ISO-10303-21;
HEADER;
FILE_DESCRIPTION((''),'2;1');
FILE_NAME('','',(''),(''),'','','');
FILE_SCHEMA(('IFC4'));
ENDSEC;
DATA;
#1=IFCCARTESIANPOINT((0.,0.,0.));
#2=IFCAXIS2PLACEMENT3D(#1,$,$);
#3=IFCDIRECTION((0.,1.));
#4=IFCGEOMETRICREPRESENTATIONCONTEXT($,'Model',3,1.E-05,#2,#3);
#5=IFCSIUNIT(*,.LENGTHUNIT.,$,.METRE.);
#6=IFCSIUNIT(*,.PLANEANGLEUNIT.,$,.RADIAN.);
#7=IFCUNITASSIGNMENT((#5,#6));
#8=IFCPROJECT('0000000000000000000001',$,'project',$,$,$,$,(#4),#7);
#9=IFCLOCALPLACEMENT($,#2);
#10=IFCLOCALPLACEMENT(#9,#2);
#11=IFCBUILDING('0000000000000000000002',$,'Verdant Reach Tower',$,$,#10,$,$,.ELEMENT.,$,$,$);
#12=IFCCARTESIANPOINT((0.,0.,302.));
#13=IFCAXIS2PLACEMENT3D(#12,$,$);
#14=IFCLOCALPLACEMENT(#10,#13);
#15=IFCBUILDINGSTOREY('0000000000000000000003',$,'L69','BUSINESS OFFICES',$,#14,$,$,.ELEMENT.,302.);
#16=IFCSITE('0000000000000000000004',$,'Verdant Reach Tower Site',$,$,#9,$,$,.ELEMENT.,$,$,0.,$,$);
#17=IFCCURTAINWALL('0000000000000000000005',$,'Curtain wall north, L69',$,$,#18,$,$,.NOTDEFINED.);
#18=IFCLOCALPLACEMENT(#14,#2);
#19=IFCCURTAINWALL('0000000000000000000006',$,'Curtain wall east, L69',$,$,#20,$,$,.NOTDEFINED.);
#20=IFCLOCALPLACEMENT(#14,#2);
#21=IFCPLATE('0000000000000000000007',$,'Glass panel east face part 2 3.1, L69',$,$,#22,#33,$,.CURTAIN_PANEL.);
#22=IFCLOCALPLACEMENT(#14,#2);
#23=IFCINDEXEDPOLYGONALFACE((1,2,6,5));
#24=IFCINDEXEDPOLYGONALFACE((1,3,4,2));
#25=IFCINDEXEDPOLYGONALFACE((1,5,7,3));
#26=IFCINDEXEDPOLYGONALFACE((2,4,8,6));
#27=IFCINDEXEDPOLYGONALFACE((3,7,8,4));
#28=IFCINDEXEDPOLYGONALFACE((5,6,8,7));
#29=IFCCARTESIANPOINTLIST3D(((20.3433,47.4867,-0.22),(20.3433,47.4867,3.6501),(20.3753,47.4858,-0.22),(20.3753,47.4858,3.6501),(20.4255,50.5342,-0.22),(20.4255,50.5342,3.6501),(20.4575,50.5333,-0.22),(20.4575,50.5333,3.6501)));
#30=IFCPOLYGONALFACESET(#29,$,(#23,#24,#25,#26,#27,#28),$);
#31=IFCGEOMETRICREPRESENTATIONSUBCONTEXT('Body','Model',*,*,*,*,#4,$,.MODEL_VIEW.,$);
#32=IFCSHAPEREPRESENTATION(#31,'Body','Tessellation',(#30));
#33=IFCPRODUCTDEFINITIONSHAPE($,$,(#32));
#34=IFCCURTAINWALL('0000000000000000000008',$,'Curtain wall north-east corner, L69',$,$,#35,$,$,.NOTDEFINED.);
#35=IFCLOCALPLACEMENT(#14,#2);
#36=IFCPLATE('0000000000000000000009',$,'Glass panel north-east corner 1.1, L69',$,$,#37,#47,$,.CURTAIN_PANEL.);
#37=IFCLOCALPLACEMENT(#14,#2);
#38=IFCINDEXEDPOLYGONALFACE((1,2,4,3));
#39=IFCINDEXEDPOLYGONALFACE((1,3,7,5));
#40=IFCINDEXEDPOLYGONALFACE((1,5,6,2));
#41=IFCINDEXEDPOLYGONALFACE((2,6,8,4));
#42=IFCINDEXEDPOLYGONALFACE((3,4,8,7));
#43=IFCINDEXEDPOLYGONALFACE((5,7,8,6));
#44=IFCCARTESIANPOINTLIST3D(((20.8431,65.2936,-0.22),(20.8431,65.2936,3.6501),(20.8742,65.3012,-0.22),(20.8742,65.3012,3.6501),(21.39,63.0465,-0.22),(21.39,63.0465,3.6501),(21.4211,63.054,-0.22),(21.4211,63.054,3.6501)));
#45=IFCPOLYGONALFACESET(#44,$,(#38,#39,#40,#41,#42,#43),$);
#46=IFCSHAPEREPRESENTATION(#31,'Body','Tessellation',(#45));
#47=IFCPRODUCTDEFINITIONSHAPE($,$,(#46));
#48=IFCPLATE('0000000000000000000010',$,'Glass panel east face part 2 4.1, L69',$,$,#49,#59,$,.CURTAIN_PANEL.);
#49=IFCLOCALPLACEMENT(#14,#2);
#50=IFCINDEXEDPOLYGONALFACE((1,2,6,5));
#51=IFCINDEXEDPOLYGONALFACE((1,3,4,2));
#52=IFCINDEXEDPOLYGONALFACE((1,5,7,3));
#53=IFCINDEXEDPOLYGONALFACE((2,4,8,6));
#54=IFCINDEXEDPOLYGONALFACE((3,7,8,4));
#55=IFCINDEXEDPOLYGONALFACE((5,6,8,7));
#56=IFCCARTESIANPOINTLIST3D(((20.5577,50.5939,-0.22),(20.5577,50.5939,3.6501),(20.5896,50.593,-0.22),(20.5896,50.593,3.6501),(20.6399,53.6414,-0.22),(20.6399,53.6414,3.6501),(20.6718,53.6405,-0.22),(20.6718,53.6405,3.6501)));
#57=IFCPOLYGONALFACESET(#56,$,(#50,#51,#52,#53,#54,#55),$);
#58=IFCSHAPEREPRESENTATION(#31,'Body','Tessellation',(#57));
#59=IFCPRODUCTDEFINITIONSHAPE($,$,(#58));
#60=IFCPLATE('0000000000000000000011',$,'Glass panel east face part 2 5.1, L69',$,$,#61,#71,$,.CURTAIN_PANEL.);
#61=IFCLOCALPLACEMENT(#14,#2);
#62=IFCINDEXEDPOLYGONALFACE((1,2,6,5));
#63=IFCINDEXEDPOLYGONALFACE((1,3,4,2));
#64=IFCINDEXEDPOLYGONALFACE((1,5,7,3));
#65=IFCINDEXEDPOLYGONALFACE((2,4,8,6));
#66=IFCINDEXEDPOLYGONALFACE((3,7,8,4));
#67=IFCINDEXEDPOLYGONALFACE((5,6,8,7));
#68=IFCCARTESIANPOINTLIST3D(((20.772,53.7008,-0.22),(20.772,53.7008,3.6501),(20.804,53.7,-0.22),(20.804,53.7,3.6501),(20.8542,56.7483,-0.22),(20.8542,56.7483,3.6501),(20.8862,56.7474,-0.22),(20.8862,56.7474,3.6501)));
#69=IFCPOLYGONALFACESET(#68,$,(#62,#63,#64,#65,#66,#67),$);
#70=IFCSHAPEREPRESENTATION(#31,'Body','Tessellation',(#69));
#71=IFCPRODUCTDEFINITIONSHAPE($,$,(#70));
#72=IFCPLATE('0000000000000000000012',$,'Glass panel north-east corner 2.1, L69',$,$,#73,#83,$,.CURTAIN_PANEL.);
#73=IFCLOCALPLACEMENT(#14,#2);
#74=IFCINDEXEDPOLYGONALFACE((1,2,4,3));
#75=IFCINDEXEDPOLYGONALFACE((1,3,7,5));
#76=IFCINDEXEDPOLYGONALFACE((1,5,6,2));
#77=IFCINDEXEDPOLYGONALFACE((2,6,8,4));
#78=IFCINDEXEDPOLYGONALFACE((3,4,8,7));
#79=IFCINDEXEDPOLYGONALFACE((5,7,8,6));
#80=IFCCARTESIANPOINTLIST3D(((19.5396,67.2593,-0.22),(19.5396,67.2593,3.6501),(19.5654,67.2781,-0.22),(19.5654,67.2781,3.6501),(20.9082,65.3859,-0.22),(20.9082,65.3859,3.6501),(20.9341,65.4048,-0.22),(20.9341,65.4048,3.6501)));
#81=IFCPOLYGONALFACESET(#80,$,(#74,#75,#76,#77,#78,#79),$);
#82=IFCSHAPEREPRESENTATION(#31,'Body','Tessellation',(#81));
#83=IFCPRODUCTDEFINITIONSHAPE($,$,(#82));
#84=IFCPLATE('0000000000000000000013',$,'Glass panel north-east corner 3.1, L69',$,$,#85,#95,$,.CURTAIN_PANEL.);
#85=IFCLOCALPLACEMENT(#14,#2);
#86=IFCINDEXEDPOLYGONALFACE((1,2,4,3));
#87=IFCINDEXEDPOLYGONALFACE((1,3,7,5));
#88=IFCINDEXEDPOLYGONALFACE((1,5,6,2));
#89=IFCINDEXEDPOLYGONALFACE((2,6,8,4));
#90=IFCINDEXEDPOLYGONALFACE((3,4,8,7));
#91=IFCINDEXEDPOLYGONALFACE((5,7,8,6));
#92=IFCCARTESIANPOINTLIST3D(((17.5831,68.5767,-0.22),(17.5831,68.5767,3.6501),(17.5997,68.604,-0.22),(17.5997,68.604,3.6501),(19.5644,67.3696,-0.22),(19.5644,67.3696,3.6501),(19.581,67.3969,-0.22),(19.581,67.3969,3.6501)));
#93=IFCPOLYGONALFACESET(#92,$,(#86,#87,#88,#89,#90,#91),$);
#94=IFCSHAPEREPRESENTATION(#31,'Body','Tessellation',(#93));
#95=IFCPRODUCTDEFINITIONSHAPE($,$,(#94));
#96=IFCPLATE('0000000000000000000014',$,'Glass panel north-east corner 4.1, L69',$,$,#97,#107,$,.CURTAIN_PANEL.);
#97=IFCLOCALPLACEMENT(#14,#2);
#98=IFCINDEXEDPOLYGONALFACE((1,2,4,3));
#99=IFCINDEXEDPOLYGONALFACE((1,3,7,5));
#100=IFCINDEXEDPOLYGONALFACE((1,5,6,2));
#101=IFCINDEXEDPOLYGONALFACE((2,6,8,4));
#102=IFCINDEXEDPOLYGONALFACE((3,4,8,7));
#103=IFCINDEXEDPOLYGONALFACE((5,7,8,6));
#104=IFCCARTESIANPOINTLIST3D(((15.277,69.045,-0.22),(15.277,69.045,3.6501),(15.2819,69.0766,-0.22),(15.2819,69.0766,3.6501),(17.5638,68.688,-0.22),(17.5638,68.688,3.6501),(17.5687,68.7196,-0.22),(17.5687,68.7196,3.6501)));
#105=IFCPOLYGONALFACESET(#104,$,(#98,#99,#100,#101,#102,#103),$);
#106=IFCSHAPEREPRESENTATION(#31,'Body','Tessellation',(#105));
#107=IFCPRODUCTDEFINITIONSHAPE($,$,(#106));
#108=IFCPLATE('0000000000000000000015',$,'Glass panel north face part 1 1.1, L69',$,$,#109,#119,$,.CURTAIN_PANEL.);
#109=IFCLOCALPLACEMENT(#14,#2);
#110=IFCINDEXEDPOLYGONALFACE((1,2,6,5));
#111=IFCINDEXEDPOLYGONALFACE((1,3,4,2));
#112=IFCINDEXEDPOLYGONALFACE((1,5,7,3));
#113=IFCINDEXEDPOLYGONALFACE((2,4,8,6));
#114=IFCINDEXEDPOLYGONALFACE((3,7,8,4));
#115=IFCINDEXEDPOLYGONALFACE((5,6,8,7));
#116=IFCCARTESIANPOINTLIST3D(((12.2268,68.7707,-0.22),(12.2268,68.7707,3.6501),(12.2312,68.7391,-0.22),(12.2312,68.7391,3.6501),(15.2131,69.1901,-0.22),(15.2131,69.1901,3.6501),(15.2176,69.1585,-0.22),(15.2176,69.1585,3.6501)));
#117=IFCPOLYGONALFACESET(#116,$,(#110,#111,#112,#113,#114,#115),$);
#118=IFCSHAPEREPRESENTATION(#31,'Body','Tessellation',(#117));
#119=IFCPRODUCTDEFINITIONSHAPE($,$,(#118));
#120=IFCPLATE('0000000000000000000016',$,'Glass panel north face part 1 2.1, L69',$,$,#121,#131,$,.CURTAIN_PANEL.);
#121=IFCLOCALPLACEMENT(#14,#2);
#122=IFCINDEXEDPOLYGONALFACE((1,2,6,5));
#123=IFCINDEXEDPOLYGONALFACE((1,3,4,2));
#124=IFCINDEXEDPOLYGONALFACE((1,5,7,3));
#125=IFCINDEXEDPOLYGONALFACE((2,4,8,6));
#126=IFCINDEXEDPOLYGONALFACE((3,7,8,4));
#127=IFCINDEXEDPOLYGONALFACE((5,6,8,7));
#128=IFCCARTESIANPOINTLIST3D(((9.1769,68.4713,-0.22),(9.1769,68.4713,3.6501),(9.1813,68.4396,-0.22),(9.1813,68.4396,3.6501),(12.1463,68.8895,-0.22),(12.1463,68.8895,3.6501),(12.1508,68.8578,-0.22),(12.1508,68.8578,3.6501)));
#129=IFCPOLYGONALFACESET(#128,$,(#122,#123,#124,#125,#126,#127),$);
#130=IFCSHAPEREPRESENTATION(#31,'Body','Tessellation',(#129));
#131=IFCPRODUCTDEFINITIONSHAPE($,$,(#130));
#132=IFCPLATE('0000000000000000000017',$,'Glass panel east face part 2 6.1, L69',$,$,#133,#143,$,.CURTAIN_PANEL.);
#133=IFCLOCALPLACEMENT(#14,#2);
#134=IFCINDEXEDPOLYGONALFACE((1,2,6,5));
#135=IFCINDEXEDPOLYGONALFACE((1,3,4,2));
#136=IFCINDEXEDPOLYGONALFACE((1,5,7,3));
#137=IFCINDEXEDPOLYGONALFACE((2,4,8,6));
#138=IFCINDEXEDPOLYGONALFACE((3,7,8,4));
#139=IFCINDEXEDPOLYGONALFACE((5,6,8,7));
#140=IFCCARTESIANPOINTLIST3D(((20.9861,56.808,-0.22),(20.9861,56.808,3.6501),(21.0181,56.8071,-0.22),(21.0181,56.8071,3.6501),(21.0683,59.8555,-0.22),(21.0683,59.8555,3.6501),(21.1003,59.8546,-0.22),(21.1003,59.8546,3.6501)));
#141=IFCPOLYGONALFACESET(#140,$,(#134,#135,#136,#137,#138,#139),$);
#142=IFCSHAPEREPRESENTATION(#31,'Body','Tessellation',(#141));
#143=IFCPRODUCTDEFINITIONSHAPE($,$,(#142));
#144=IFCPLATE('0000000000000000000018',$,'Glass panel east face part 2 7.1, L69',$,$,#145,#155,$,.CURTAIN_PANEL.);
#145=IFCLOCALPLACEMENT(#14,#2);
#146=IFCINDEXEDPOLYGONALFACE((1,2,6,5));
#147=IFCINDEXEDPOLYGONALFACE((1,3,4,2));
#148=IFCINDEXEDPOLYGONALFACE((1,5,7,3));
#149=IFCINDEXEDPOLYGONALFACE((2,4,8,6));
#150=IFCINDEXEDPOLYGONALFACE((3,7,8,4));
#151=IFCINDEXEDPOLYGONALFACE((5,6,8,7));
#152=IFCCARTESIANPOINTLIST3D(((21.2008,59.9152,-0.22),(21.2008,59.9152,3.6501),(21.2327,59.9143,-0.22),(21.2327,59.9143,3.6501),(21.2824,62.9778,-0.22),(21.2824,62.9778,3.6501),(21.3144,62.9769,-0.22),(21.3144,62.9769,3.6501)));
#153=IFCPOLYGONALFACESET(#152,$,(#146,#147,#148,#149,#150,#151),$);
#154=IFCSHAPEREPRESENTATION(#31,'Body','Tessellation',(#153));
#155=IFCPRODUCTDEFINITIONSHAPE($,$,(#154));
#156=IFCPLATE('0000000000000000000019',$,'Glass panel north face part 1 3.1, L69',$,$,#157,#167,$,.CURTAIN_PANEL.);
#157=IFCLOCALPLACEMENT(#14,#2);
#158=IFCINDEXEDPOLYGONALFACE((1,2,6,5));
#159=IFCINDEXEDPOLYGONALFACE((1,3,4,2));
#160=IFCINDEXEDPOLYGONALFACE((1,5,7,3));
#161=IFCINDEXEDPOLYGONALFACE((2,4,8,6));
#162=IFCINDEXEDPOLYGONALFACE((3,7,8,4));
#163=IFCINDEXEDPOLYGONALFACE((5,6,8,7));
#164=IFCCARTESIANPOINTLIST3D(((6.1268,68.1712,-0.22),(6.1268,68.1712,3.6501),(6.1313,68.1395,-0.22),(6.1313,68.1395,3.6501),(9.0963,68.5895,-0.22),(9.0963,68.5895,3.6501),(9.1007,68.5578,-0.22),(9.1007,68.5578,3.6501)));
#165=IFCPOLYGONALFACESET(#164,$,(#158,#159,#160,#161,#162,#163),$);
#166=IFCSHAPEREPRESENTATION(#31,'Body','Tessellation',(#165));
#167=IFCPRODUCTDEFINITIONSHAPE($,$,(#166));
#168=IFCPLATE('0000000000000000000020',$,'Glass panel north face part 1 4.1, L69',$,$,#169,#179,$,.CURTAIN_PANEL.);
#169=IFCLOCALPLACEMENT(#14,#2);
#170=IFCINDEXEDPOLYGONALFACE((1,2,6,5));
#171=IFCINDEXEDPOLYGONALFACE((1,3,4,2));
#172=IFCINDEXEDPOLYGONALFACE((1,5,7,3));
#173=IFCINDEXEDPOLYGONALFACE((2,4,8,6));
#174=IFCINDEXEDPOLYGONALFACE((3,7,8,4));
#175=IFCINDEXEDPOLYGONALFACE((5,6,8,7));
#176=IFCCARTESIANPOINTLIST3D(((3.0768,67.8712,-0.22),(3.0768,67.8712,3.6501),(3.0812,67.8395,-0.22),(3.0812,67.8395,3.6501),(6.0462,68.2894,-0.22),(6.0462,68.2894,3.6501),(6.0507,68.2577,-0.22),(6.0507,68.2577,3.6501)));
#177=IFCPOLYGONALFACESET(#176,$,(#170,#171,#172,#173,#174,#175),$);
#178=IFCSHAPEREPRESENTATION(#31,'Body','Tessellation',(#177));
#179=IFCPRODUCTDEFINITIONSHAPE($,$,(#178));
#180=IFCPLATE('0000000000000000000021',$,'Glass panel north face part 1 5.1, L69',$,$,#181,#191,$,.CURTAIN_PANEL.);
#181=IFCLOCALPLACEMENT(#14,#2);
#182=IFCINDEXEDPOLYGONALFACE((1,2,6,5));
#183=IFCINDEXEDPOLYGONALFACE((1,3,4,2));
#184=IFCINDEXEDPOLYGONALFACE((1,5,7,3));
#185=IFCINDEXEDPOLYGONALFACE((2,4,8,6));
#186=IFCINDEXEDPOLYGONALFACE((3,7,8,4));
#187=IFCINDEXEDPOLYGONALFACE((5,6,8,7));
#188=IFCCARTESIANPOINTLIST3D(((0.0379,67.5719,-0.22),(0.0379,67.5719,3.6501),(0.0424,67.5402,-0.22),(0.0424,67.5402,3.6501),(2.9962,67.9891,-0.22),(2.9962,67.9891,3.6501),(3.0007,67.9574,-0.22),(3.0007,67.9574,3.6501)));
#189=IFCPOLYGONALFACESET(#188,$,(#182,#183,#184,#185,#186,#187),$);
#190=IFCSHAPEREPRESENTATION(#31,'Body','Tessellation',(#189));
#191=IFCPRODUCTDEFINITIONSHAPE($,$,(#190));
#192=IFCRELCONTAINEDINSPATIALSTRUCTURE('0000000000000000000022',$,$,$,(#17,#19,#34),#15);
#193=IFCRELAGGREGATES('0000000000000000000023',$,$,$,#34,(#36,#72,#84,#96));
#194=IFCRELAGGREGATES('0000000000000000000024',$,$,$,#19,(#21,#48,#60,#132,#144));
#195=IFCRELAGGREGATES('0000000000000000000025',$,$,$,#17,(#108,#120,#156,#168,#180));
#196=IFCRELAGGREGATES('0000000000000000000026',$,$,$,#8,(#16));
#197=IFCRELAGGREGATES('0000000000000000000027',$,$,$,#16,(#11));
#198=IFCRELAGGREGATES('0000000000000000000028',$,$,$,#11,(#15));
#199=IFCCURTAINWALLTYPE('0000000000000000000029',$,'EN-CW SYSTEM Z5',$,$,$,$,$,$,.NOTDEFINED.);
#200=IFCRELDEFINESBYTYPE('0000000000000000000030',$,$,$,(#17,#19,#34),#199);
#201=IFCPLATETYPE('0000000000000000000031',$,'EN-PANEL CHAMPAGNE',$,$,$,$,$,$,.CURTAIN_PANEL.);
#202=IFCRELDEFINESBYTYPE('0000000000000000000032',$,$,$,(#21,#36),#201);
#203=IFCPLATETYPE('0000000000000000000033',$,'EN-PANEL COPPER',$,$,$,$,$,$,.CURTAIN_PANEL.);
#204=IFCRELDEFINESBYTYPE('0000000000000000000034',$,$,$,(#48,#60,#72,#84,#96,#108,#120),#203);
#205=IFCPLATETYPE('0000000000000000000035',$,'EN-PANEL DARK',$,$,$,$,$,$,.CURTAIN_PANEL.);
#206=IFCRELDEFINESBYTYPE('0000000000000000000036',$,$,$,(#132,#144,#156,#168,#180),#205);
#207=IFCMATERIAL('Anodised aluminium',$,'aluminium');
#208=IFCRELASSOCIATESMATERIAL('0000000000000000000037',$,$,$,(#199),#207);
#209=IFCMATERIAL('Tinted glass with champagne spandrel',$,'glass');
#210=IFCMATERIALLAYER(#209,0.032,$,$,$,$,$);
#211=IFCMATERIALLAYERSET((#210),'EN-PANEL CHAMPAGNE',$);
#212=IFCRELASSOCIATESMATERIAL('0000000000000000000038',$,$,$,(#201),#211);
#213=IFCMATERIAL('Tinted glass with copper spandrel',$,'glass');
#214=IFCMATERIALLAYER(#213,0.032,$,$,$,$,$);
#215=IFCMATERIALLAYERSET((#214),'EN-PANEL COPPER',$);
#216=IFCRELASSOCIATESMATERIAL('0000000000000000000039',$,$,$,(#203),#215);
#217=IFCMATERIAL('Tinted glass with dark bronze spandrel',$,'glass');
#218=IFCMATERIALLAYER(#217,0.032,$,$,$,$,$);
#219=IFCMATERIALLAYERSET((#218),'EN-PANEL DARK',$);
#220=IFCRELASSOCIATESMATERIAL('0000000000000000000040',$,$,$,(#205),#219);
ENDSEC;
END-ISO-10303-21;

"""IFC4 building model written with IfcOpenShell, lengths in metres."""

from ifc_helpers import new_model, si_unit, direction, frame, origin, origin_2d, place, context, subcontext, project, spatial, rectangle, extrude, material, layer, layer_set, type_object, element, aggregate, save


model = new_model("IFC4")

# Units and contexts
model_context = context("Model", 3, precision=1e-05, world=origin(), true_north=direction((0.0, 1.0)))
body_context = subcontext(model_context, "Body", "Model", "MODEL_VIEW")
ifc_project = project(units=[si_unit("LENGTHUNIT", "METRE"), si_unit("PLANEANGLEUNIT", "RADIAN")], contexts=[model_context])

# Site, building, storey
site_placement = place(None, origin())
site = spatial("IfcSite", under=ifc_project, at=site_placement, Name="Verdant Reach Tower Site", CompositionType="ELEMENT", RefElevation=0.0)
building_placement = place(site_placement, origin())
building = spatial("IfcBuilding", under=site, at=building_placement, Name="Verdant Reach Tower", CompositionType="ELEMENT")
storey_placement = place(building_placement, frame((0.0, 0.0, 302.0)))
storey = spatial("IfcBuildingStorey", under=building, at=storey_placement, Name="L69", Description="BUSINESS OFFICES", CompositionType="ELEMENT", Elevation=302.0)

# Curtain wall
ifc_material_1 = material(Name="Anodised aluminium", Category="aluminium")
curtain_wall_type = type_object("IfcCurtainWallType", Name="EN-CW SYSTEM Z5", PredefinedType="NOTDEFINED", material=ifc_material_1)
curtain_wall_1_placement = place(storey_placement, origin())
curtain_wall_1 = element("IfcCurtainWall", 1, at=curtain_wall_1_placement, inside=storey, type_object=curtain_wall_type, Name="Curtain wall north, L69", PredefinedType="NOTDEFINED")

# Curtain walls, plates
curtain_wall_2_placement = place(storey_placement, origin())
curtain_wall_2 = element("IfcCurtainWall", 2, at=curtain_wall_2_placement, inside=storey, type_object=curtain_wall_type, Name="Curtain wall east, L69", PredefinedType="NOTDEFINED")
ifc_material_2 = material(Name="Tinted glass with champagne spandrel", Category="glass")
ifc_layer_1 = layer(ifc_material_2, 0.032)
ifc_layer_set_1 = layer_set([ifc_layer_1], Name="EN-PANEL CHAMPAGNE")
plate_type_1 = type_object("IfcPlateType", Name="EN-PANEL CHAMPAGNE", PredefinedType="CURTAIN_PANEL", material=ifc_layer_set_1)
plate_1_placement = place(storey_placement, frame((20.4004, 49.01, -0.22), z_axis=(0.0, 0.0, 1.0), x_axis=(0.026965, 0.999636, 0.0)))
plate_1 = element("IfcPlate", 3, at=plate_1_placement, type_object=plate_type_1, Name="Glass panel east face part 2 3.1, L69", PredefinedType="CURTAIN_PANEL", context=body_context, shape_type="SweptSolid", body=[
    extrude(rectangle(XDim=3.0486, YDim=0.032, at=origin_2d()), origin(), (0.0, 0.0, 1.0), 3.8701),
])
curtain_wall_3_placement = place(storey_placement, origin())
curtain_wall_3 = element("IfcCurtainWall", 4, at=curtain_wall_3_placement, inside=storey, type_object=curtain_wall_type, Name="Curtain wall north-east corner, L69", PredefinedType="NOTDEFINED")
plate_2_placement = place(storey_placement, frame((21.1321, 64.1738, -0.22), z_axis=(0.0, 0.0, 1.0), x_axis=(-0.236471, 0.971638, 0.0)))
plate_2 = element("IfcPlate", 5, at=plate_2_placement, type_object=plate_type_1, Name="Glass panel north-east corner 1.1, L69", PredefinedType="CURTAIN_PANEL", context=body_context, shape_type="SweptSolid", body=[
    extrude(rectangle(XDim=2.3127, YDim=0.032, at=origin_2d()), origin(), (0.0, 0.0, 1.0), 3.8701),
])

# Plates
ifc_material_3 = material(Name="Tinted glass with copper spandrel", Category="glass")
ifc_layer_2 = layer(ifc_material_3, 0.032)
ifc_layer_set_2 = layer_set([ifc_layer_2], Name="EN-PANEL COPPER")
plate_type_2 = type_object("IfcPlateType", Name="EN-PANEL COPPER", PredefinedType="CURTAIN_PANEL", material=ifc_layer_set_2)
plate_3_placement = place(storey_placement, frame((20.6147, 52.1172, -0.22), z_axis=(0.0, 0.0, 1.0), x_axis=(0.026965, 0.999636, 0.0)))
plate_3 = element("IfcPlate", 6, at=plate_3_placement, type_object=plate_type_2, Name="Glass panel east face part 2 4.1, L69", PredefinedType="CURTAIN_PANEL", context=body_context, shape_type="SweptSolid", body=[
    extrude(rectangle(XDim=3.0486, YDim=0.032, at=origin_2d()), origin(), (0.0, 0.0, 1.0), 3.8701),
])
plate_4_placement = place(storey_placement, frame((20.8291, 55.2241, -0.22), z_axis=(0.0, 0.0, 1.0), x_axis=(0.026965, 0.999636, 0.0)))
plate_4 = element("IfcPlate", 7, at=plate_4_placement, type_object=plate_type_2, Name="Glass panel east face part 2 5.1, L69", PredefinedType="CURTAIN_PANEL", context=body_context, shape_type="SweptSolid", body=[
    extrude(rectangle(XDim=3.0486, YDim=0.032, at=origin_2d()), origin(), (0.0, 0.0, 1.0), 3.8701),
])
plate_5_placement = place(storey_placement, frame((20.2368, 66.332, -0.22), z_axis=(0.0, 0.0, 1.0), x_axis=(-0.589927, 0.807457, 0.0)))
plate_5 = element("IfcPlate", 8, at=plate_5_placement, type_object=plate_type_2, Name="Glass panel north-east corner 2.1, L69", PredefinedType="CURTAIN_PANEL", context=body_context, shape_type="SweptSolid", body=[
    extrude(rectangle(XDim=2.3201, YDim=0.032, at=origin_2d()), origin(), (0.0, 0.0, 1.0), 3.8701),
])
plate_6_placement = place(storey_placement, frame((18.582, 67.9868, -0.22), z_axis=(0.0, 0.0, 1.0), x_axis=(-0.853989, 0.520292, 0.0)))
plate_6 = element("IfcPlate", 9, at=plate_6_placement, type_object=plate_type_2, Name="Glass panel north-east corner 3.1, L69", PredefinedType="CURTAIN_PANEL", context=body_context, shape_type="SweptSolid", body=[
    extrude(rectangle(XDim=2.3201, YDim=0.032, at=origin_2d()), origin(), (0.0, 0.0, 1.0), 3.8701),
])
plate_7_placement = place(storey_placement, frame((16.4229, 68.8823, -0.22), z_axis=(0.0, 0.0, 1.0), x_axis=(-0.988033, 0.15424, 0.0)))
plate_7 = element("IfcPlate", 10, at=plate_7_placement, type_object=plate_type_2, Name="Glass panel north-east corner 4.1, L69", PredefinedType="CURTAIN_PANEL", context=body_context, shape_type="SweptSolid", body=[
    extrude(rectangle(XDim=2.3145, YDim=0.032, at=origin_2d()), origin(), (0.0, 0.0, 1.0), 3.8701),
])
aggregate(curtain_wall_3, [plate_2, plate_5, plate_6, plate_7])
plate_8_placement = place(storey_placement, frame((13.7222, 68.9646, -0.22), z_axis=(0.0, 0.0, 1.0), x_axis=(-0.990282, -0.139077, 0.0)))
plate_8 = element("IfcPlate", 11, at=plate_8_placement, type_object=plate_type_2, Name="Glass panel north face part 1 1.1, L69", PredefinedType="CURTAIN_PANEL", context=body_context, shape_type="SweptSolid", body=[
    extrude(rectangle(XDim=3.0156, YDim=0.032, at=origin_2d()), origin(), (0.0, 0.0, 1.0), 3.8701),
])
plate_9_placement = place(storey_placement, frame((10.6638, 68.6646, -0.22), z_axis=(0.0, 0.0, 1.0), x_axis=(-0.990225, -0.139477, 0.0)))
plate_9 = element("IfcPlate", 12, at=plate_9_placement, type_object=plate_type_2, Name="Glass panel north face part 1 2.1, L69", PredefinedType="CURTAIN_PANEL", context=body_context, shape_type="SweptSolid", body=[
    extrude(rectangle(XDim=2.9988, YDim=0.032, at=origin_2d()), origin(), (0.0, 0.0, 1.0), 3.8701),
])
ifc_material_4 = material(Name="Tinted glass with dark bronze spandrel", Category="glass")
ifc_layer_3 = layer(ifc_material_4, 0.032)
ifc_layer_set_3 = layer_set([ifc_layer_3], Name="EN-PANEL DARK")
plate_type_3 = type_object("IfcPlateType", Name="EN-PANEL DARK", PredefinedType="CURTAIN_PANEL", material=ifc_layer_set_3)
plate_10_placement = place(storey_placement, frame((21.0432, 58.3313, -0.22), z_axis=(0.0, 0.0, 1.0), x_axis=(0.026965, 0.999636, 0.0)))
plate_10 = element("IfcPlate", 13, at=plate_10_placement, type_object=plate_type_3, Name="Glass panel east face part 2 6.1, L69", PredefinedType="CURTAIN_PANEL", context=body_context, shape_type="SweptSolid", body=[
    extrude(rectangle(XDim=3.0486, YDim=0.032, at=origin_2d()), origin(), (0.0, 0.0, 1.0), 3.8701),
])
plate_11_placement = place(storey_placement, frame((21.2576, 61.446, -0.22), z_axis=(0.0, 0.0, 1.0), x_axis=(0.026643, 0.999645, 0.0)))
plate_11 = element("IfcPlate", 14, at=plate_11_placement, type_object=plate_type_3, Name="Glass panel east face part 2 7.1, L69", PredefinedType="CURTAIN_PANEL", context=body_context, shape_type="SweptSolid", body=[
    extrude(rectangle(XDim=3.0637, YDim=0.032, at=origin_2d()), origin(), (0.0, 0.0, 1.0), 3.8701),
])
aggregate(curtain_wall_2, [plate_1, plate_3, plate_4, plate_10, plate_11])
plate_12_placement = place(storey_placement, frame((7.6138, 68.3645, -0.22), z_axis=(0.0, 0.0, 1.0), x_axis=(-0.990225, -0.139477, 0.0)))
plate_12 = element("IfcPlate", 15, at=plate_12_placement, type_object=plate_type_3, Name="Glass panel north face part 1 3.1, L69", PredefinedType="CURTAIN_PANEL", context=body_context, shape_type="SweptSolid", body=[
    extrude(rectangle(XDim=2.9988, YDim=0.032, at=origin_2d()), origin(), (0.0, 0.0, 1.0), 3.8701),
])
plate_13_placement = place(storey_placement, frame((4.5637, 68.0645, -0.22), z_axis=(0.0, 0.0, 1.0), x_axis=(-0.990225, -0.139477, 0.0)))
plate_13 = element("IfcPlate", 16, at=plate_13_placement, type_object=plate_type_3, Name="Glass panel north face part 1 4.1, L69", PredefinedType="CURTAIN_PANEL", context=body_context, shape_type="SweptSolid", body=[
    extrude(rectangle(XDim=2.9988, YDim=0.032, at=origin_2d()), origin(), (0.0, 0.0, 1.0), 3.8701),
])
plate_14_placement = place(storey_placement, frame((1.5193, 67.7646, -0.22), z_axis=(0.0, 0.0, 1.0), x_axis=(-0.9902, -0.139656, 0.0)))
plate_14 = element("IfcPlate", 17, at=plate_14_placement, type_object=plate_type_3, Name="Glass panel north face part 1 5.1, L69", PredefinedType="CURTAIN_PANEL", context=body_context, shape_type="SweptSolid", body=[
    extrude(rectangle(XDim=2.9875, YDim=0.032, at=origin_2d()), origin(), (0.0, 0.0, 1.0), 3.8701),
])
aggregate(curtain_wall_1, [plate_8, plate_9, plate_12, plate_13, plate_14])

save(model, "model.ifc")
